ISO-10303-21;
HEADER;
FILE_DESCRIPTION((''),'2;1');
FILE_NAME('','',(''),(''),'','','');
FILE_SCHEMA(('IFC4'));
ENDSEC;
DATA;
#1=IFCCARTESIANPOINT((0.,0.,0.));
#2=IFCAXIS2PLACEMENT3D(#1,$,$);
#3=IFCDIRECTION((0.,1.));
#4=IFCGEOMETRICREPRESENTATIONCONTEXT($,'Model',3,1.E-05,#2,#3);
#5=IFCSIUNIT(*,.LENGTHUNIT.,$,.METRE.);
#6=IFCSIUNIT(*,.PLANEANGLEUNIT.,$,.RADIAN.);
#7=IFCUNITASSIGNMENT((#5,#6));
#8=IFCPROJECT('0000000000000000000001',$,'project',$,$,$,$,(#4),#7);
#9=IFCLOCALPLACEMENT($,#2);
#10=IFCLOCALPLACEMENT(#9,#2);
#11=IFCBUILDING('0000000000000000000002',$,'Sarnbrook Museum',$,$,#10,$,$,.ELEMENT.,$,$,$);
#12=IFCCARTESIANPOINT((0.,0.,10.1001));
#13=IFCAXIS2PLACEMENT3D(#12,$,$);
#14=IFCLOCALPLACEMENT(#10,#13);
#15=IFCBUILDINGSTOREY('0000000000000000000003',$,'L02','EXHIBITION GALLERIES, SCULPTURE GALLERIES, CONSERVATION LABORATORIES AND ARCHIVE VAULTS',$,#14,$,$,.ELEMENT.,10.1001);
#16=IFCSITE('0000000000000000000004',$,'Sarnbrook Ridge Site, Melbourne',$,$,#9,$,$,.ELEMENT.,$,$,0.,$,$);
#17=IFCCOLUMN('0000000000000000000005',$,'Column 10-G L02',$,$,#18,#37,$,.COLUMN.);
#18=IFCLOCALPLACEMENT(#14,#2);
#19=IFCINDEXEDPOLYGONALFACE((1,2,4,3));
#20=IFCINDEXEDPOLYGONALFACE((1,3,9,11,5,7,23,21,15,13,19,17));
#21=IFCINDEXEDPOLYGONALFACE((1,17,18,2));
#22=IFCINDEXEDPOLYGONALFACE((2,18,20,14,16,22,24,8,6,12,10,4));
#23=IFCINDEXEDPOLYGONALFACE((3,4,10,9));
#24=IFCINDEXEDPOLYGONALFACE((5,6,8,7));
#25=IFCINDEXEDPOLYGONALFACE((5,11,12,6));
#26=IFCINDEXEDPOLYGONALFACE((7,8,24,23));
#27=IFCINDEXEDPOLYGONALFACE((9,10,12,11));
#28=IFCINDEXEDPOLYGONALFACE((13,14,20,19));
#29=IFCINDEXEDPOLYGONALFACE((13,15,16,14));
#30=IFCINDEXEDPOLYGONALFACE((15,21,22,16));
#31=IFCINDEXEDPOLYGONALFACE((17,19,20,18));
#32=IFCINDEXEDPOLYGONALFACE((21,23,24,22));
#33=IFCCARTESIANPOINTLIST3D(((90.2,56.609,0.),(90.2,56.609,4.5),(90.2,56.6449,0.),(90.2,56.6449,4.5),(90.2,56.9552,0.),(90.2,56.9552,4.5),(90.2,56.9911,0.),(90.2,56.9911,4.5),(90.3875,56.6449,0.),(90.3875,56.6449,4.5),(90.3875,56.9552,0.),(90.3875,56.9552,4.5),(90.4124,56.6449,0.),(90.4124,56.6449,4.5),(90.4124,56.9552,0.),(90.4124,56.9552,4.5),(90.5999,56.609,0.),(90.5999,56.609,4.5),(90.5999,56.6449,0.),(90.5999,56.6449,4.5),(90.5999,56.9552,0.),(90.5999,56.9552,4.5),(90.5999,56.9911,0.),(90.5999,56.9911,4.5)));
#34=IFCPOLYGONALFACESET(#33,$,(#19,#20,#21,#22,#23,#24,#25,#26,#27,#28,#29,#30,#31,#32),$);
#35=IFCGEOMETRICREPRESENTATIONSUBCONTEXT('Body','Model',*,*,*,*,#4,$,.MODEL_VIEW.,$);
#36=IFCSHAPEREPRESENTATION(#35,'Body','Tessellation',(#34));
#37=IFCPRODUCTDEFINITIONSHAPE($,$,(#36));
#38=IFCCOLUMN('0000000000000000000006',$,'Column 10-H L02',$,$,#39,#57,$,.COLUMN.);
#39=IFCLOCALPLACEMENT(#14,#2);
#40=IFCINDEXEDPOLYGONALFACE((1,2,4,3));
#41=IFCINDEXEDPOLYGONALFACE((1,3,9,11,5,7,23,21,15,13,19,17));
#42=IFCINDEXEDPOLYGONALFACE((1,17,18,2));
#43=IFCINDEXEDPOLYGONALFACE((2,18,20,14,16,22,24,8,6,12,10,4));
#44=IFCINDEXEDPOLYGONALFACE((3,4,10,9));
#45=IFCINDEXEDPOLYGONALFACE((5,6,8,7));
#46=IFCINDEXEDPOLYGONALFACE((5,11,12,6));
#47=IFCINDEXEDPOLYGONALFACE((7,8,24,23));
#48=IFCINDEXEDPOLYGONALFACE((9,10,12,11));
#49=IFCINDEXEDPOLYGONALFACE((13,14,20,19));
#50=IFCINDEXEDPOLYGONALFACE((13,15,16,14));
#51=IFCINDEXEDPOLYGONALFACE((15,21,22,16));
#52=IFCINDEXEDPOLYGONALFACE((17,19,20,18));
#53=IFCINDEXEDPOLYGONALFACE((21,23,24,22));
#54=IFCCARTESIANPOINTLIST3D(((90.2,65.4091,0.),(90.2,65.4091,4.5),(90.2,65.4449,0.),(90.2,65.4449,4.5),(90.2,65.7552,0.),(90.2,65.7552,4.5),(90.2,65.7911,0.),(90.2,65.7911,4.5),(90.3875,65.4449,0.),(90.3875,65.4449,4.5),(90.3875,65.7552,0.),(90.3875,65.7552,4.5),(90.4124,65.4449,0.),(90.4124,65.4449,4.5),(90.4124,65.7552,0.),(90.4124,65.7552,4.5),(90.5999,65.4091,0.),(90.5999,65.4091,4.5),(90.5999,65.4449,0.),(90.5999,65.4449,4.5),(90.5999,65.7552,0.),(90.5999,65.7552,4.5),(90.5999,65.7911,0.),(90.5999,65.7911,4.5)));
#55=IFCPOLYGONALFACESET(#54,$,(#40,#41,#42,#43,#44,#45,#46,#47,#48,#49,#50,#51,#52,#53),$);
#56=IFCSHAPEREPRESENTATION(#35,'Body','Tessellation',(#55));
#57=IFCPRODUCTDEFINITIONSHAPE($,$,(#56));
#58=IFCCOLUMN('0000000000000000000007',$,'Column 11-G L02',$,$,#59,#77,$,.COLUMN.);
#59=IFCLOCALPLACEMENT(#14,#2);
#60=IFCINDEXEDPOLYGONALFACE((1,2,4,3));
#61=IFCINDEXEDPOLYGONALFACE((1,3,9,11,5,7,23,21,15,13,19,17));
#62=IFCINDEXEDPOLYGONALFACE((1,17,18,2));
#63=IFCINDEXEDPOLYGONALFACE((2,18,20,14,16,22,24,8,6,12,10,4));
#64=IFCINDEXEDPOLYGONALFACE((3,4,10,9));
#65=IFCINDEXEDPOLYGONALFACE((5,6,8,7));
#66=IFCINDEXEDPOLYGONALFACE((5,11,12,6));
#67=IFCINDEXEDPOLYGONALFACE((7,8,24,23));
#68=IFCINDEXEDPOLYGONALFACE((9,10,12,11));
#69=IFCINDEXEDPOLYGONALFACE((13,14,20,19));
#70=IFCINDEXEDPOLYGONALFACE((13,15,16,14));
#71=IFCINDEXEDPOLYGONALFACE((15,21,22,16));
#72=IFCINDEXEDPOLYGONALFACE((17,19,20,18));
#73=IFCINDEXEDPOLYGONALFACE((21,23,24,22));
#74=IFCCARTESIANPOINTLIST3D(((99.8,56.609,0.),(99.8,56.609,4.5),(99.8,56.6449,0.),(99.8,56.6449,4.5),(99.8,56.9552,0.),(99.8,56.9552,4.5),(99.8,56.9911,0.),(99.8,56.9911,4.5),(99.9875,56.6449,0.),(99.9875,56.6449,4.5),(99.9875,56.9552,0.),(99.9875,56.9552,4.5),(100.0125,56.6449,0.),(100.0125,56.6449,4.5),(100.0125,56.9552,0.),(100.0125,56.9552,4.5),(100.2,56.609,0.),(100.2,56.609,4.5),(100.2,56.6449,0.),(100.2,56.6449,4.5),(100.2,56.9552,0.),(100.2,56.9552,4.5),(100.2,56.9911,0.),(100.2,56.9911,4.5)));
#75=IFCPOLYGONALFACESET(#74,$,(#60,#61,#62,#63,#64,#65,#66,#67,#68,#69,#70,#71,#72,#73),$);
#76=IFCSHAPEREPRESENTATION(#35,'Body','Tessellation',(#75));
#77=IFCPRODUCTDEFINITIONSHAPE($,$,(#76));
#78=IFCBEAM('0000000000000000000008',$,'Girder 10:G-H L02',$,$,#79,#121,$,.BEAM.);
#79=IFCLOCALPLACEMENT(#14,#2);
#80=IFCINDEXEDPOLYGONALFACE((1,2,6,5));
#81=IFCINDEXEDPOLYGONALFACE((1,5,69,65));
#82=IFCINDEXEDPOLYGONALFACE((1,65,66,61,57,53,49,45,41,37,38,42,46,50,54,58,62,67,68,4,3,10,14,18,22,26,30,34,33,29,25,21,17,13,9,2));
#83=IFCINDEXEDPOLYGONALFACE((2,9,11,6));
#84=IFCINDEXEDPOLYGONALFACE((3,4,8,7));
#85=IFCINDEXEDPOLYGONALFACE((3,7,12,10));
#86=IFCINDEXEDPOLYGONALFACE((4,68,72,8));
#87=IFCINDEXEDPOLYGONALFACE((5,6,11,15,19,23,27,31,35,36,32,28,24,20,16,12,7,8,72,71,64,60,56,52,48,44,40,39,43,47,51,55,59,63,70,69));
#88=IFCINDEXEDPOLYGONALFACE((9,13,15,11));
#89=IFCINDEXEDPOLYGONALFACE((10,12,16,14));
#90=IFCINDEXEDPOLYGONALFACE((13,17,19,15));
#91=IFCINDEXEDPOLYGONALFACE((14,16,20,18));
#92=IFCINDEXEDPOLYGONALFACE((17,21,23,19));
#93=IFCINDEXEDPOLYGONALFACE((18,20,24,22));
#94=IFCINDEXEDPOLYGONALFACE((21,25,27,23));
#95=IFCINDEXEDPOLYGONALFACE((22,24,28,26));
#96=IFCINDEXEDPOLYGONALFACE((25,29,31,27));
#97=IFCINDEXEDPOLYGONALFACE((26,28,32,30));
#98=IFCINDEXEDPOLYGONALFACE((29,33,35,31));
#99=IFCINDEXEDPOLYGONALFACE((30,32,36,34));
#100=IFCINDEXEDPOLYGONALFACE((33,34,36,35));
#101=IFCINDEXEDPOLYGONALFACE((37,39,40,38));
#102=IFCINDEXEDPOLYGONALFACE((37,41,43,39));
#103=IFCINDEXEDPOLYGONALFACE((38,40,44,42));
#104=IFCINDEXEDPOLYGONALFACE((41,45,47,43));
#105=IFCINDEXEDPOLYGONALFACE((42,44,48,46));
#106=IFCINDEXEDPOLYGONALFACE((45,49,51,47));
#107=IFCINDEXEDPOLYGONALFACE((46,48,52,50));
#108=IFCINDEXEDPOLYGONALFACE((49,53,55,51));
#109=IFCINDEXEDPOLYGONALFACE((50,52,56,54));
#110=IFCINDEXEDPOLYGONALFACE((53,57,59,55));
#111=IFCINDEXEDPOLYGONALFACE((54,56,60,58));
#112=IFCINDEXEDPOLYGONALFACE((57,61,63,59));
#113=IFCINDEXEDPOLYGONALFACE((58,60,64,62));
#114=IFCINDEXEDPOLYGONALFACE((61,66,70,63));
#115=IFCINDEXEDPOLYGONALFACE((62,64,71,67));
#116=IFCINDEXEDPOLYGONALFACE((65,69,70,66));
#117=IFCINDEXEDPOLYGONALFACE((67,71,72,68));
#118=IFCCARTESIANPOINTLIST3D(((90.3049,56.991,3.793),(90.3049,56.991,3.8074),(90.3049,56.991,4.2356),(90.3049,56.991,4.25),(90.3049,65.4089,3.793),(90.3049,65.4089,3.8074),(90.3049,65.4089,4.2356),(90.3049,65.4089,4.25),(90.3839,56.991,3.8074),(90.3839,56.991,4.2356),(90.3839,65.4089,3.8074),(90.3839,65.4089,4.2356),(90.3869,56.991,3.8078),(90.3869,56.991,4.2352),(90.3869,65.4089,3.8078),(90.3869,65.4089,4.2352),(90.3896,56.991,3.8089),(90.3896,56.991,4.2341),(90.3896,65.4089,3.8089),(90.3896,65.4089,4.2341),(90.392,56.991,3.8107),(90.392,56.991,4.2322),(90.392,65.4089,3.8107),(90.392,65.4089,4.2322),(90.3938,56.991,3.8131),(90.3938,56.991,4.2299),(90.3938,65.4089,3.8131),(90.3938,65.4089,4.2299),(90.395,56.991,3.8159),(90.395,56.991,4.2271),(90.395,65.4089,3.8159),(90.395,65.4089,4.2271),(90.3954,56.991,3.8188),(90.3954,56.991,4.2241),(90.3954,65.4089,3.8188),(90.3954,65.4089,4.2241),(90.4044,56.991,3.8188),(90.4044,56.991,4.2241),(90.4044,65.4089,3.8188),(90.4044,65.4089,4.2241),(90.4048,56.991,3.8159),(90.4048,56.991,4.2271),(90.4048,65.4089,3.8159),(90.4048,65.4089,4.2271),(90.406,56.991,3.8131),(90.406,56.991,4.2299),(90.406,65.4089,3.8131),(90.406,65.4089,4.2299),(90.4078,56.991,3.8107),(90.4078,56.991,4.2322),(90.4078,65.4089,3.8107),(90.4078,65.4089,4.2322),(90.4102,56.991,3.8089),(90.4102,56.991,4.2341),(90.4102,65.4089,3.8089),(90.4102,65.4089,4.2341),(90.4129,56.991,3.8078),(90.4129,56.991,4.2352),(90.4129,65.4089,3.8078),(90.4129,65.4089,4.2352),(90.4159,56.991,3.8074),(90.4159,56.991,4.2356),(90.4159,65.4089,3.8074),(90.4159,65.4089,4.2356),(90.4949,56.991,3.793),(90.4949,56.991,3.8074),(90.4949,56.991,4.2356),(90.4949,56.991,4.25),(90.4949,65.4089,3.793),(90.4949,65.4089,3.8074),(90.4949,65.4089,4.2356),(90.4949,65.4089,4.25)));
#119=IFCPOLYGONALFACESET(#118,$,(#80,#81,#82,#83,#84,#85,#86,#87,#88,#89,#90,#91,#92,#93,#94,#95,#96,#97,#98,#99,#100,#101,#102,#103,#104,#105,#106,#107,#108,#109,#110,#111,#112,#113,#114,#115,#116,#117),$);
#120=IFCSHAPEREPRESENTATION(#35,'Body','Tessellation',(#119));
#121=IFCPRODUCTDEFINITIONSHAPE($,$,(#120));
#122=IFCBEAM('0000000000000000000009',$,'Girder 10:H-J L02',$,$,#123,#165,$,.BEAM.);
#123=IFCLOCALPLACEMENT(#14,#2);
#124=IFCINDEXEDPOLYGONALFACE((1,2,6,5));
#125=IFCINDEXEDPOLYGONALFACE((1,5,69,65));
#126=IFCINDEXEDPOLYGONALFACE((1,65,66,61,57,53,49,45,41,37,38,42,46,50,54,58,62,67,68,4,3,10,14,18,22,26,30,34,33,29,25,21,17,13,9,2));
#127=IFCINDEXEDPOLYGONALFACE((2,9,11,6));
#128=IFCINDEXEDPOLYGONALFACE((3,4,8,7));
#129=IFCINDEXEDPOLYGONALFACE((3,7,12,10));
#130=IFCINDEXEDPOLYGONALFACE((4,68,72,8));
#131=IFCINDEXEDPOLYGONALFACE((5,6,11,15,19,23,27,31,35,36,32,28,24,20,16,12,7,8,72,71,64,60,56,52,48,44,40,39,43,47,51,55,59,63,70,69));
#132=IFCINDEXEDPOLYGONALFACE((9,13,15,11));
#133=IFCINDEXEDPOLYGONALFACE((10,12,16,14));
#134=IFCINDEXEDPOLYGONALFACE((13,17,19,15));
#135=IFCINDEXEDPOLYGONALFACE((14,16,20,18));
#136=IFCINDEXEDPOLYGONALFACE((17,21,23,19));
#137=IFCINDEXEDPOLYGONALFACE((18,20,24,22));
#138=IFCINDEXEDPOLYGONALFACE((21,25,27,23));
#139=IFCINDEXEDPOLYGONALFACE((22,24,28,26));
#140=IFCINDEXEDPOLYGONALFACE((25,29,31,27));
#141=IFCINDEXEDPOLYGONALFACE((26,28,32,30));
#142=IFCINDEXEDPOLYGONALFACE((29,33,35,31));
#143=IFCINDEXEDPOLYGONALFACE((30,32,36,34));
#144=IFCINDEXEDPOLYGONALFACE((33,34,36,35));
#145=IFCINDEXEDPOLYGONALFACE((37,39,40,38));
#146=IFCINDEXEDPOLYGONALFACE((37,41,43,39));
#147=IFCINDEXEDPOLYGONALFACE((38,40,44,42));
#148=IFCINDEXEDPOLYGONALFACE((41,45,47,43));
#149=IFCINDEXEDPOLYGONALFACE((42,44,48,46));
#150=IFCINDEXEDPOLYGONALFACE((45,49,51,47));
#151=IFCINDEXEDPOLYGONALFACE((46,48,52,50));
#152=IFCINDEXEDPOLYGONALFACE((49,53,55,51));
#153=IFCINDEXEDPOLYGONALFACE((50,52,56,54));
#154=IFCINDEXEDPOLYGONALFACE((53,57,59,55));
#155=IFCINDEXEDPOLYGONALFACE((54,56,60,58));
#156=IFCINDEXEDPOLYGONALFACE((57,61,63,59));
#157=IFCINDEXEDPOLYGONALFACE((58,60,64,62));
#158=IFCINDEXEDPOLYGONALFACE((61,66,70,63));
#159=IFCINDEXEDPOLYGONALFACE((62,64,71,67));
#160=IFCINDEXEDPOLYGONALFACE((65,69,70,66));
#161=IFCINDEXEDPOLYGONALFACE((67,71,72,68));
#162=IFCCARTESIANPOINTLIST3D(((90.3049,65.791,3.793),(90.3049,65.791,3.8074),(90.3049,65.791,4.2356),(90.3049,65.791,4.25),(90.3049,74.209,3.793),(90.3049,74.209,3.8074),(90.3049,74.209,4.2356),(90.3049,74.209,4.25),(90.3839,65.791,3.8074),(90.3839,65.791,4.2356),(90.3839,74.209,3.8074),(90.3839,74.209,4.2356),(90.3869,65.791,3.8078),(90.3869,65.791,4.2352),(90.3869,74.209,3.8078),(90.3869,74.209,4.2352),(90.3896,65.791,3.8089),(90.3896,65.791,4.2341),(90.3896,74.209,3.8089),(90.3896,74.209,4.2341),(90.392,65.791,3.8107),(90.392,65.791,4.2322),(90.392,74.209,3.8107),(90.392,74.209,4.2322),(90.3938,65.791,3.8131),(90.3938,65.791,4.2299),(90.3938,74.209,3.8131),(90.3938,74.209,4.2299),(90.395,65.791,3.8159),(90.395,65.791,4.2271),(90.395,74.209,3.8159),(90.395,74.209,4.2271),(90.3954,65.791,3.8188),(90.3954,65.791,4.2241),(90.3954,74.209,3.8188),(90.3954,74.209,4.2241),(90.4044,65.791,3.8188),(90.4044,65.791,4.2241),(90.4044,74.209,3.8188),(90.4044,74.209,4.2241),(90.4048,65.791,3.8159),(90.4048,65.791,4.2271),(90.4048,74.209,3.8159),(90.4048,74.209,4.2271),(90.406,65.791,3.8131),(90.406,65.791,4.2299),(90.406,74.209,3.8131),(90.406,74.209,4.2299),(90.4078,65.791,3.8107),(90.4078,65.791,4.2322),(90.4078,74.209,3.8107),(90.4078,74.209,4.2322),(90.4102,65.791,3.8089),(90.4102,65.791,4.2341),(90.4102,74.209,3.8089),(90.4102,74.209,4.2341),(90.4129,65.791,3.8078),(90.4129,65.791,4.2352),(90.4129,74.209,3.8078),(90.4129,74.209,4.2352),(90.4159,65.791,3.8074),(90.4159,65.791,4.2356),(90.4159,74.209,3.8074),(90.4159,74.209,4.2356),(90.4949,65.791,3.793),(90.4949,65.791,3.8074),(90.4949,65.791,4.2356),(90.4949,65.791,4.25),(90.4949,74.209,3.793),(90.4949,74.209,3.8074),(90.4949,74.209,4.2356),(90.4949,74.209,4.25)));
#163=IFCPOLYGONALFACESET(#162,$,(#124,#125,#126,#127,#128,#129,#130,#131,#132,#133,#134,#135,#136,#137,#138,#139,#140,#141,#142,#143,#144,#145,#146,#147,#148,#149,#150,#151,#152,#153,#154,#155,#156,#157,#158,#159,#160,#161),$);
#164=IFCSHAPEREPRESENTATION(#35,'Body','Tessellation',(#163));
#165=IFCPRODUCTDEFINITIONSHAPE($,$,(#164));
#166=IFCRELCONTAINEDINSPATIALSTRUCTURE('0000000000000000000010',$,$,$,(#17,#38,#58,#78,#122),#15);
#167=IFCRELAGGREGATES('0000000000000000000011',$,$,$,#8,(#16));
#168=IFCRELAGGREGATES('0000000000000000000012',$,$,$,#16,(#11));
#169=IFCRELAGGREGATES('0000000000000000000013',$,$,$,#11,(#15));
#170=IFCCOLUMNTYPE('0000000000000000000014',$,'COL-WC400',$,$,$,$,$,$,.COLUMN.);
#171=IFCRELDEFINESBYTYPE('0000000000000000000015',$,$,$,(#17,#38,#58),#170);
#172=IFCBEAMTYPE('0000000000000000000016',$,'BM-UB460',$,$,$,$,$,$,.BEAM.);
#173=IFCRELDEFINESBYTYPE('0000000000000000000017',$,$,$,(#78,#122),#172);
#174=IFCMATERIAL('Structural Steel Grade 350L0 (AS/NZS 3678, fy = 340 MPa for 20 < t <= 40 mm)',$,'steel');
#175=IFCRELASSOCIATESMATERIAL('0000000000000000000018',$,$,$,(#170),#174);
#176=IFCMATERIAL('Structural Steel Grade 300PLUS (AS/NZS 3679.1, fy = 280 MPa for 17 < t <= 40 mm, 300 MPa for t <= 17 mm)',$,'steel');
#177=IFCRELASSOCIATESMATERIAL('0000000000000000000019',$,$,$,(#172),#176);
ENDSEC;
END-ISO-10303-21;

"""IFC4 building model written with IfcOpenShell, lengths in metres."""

from ifc_helpers import new_model, si_unit, direction, frame, origin, origin_2d, place, context, subcontext, project, spatial, i_section, extrude, material, material_profile, profile_set, type_object, element, save


model = new_model("IFC4")

# Units and contexts
model_context = context("Model", 3, precision=1e-05, world=origin(), true_north=direction((0.0, 1.0)))
body_context = subcontext(model_context, "Body", "Model", "MODEL_VIEW")
ifc_project = project(units=[si_unit("LENGTHUNIT", "METRE"), si_unit("PLANEANGLEUNIT", "RADIAN")], contexts=[model_context])

# Site, building, storey
site_placement = place(None, origin())
site = spatial("IfcSite", under=ifc_project, at=site_placement, Name="Sarnbrook Ridge Site, Melbourne", CompositionType="ELEMENT", RefElevation=0.0)
building_placement = place(site_placement, origin())
building = spatial("IfcBuilding", under=site, at=building_placement, Name="Sarnbrook Museum", CompositionType="ELEMENT")
storey_placement = place(building_placement, frame((0.0, 0.0, 10.1001)))
storey = spatial("IfcBuildingStorey", under=building, at=storey_placement, Name="L02", Description="EXHIBITION GALLERIES, SCULPTURE GALLERIES, CONSERVATION LABORATORIES AND ARCHIVE VAULTS", CompositionType="ELEMENT", Elevation=10.1001)

# Columns
ifc_material_1 = material(Name="Structural Steel Grade 350L0 (AS/NZS 3678, fy = 340 MPa for 20 < t <= 40 mm)", Category="steel")
ifc_material_profile_1 = material_profile(ifc_material_1, i_section(OverallWidth=0.3999, OverallDepth=0.3821, WebThickness=0.0249, FlangeThickness=0.0359, at=origin_2d()), Name="400WC270")
ifc_profile_set_1 = profile_set([ifc_material_profile_1], Name="Structural Steel Grade 350L0 (AS/NZS 3678, fy = 340 MPa for 20 < t <= 40 mm)")
column_type = type_object("IfcColumnType", Name="COL-WC400", PredefinedType="COLUMN", material=ifc_profile_set_1)
for number, where, z_axis, x_axis, name in (
    (1, (90.3999, 56.8, 0.0), (0.0, 0.0, 1.0), (1.0, 0.0, 0.0), "Column 10-G L02"),
    (2, (90.3999, 65.6001, 0.0), (0.0, 0.0, 1.0), (1.0, 0.0, 0.0), "Column 10-H L02"),
    (3, (100.0, 56.8, 0.0), (0.0, 0.0, 1.0), (1.0, 0.0, 0.0), "Column 11-G L02"),
):
    element("IfcColumn", number, at=place(storey_placement, frame(where, z_axis=z_axis, x_axis=x_axis)), inside=storey, type_object=column_type, Name=name, PredefinedType="COLUMN", context=body_context, shape_type="SweptSolid", body=[
        extrude(i_section(OverallWidth=0.3999, OverallDepth=0.3821, WebThickness=0.0249, FlangeThickness=0.0359, at=origin_2d()), origin(), (0.0, 0.0, 1.0), 4.5),
    ])

# Beams
ifc_material_2 = material(Name="Structural Steel Grade 300PLUS (AS/NZS 3679.1, fy = 280 MPa for 17 < t <= 40 mm, 300 MPa for t <= 17 mm)", Category="steel")
ifc_material_profile_2 = material_profile(ifc_material_2, i_section(OverallWidth=0.1899, OverallDepth=0.457, WebThickness=0.009, FlangeThickness=0.0144, FilletRadius=0.0115, at=origin_2d()), Name="460UB74.6")
ifc_profile_set_2 = profile_set([ifc_material_profile_2], Name="Structural Steel Grade 300PLUS (AS/NZS 3679.1, fy = 280 MPa for 17 < t <= 40 mm, 300 MPa for t <= 17 mm)")
beam_type_1 = type_object("IfcBeamType", Name="BM-UB460", PredefinedType="BEAM", material=ifc_profile_set_2)
for number, where, z_axis, x_axis, name in (
    (4, (90.3999, 56.991, 4.0215), (0.0, 1.0, 0.0), (-1.0, 0.0, 0.0), "Girder 10:G-H L02"),
    (5, (90.3999, 65.791, 4.0215), (0.0, 1.0, 0.0), (-1.0, 0.0, 0.0), "Girder 10:H-J L02"),
):
    element("IfcBeam", number, at=place(storey_placement, frame(where, z_axis=z_axis, x_axis=x_axis)), inside=storey, type_object=beam_type_1, Name=name, PredefinedType="BEAM", context=body_context, shape_type="SweptSolid", body=[
        extrude(i_section(OverallWidth=0.1899, OverallDepth=0.457, WebThickness=0.009, FlangeThickness=0.0144, FilletRadius=0.0115, at=origin_2d()), origin(), (0.0, 0.0, 1.0), 8.418),
    ])

save(model, "model.ifc")
